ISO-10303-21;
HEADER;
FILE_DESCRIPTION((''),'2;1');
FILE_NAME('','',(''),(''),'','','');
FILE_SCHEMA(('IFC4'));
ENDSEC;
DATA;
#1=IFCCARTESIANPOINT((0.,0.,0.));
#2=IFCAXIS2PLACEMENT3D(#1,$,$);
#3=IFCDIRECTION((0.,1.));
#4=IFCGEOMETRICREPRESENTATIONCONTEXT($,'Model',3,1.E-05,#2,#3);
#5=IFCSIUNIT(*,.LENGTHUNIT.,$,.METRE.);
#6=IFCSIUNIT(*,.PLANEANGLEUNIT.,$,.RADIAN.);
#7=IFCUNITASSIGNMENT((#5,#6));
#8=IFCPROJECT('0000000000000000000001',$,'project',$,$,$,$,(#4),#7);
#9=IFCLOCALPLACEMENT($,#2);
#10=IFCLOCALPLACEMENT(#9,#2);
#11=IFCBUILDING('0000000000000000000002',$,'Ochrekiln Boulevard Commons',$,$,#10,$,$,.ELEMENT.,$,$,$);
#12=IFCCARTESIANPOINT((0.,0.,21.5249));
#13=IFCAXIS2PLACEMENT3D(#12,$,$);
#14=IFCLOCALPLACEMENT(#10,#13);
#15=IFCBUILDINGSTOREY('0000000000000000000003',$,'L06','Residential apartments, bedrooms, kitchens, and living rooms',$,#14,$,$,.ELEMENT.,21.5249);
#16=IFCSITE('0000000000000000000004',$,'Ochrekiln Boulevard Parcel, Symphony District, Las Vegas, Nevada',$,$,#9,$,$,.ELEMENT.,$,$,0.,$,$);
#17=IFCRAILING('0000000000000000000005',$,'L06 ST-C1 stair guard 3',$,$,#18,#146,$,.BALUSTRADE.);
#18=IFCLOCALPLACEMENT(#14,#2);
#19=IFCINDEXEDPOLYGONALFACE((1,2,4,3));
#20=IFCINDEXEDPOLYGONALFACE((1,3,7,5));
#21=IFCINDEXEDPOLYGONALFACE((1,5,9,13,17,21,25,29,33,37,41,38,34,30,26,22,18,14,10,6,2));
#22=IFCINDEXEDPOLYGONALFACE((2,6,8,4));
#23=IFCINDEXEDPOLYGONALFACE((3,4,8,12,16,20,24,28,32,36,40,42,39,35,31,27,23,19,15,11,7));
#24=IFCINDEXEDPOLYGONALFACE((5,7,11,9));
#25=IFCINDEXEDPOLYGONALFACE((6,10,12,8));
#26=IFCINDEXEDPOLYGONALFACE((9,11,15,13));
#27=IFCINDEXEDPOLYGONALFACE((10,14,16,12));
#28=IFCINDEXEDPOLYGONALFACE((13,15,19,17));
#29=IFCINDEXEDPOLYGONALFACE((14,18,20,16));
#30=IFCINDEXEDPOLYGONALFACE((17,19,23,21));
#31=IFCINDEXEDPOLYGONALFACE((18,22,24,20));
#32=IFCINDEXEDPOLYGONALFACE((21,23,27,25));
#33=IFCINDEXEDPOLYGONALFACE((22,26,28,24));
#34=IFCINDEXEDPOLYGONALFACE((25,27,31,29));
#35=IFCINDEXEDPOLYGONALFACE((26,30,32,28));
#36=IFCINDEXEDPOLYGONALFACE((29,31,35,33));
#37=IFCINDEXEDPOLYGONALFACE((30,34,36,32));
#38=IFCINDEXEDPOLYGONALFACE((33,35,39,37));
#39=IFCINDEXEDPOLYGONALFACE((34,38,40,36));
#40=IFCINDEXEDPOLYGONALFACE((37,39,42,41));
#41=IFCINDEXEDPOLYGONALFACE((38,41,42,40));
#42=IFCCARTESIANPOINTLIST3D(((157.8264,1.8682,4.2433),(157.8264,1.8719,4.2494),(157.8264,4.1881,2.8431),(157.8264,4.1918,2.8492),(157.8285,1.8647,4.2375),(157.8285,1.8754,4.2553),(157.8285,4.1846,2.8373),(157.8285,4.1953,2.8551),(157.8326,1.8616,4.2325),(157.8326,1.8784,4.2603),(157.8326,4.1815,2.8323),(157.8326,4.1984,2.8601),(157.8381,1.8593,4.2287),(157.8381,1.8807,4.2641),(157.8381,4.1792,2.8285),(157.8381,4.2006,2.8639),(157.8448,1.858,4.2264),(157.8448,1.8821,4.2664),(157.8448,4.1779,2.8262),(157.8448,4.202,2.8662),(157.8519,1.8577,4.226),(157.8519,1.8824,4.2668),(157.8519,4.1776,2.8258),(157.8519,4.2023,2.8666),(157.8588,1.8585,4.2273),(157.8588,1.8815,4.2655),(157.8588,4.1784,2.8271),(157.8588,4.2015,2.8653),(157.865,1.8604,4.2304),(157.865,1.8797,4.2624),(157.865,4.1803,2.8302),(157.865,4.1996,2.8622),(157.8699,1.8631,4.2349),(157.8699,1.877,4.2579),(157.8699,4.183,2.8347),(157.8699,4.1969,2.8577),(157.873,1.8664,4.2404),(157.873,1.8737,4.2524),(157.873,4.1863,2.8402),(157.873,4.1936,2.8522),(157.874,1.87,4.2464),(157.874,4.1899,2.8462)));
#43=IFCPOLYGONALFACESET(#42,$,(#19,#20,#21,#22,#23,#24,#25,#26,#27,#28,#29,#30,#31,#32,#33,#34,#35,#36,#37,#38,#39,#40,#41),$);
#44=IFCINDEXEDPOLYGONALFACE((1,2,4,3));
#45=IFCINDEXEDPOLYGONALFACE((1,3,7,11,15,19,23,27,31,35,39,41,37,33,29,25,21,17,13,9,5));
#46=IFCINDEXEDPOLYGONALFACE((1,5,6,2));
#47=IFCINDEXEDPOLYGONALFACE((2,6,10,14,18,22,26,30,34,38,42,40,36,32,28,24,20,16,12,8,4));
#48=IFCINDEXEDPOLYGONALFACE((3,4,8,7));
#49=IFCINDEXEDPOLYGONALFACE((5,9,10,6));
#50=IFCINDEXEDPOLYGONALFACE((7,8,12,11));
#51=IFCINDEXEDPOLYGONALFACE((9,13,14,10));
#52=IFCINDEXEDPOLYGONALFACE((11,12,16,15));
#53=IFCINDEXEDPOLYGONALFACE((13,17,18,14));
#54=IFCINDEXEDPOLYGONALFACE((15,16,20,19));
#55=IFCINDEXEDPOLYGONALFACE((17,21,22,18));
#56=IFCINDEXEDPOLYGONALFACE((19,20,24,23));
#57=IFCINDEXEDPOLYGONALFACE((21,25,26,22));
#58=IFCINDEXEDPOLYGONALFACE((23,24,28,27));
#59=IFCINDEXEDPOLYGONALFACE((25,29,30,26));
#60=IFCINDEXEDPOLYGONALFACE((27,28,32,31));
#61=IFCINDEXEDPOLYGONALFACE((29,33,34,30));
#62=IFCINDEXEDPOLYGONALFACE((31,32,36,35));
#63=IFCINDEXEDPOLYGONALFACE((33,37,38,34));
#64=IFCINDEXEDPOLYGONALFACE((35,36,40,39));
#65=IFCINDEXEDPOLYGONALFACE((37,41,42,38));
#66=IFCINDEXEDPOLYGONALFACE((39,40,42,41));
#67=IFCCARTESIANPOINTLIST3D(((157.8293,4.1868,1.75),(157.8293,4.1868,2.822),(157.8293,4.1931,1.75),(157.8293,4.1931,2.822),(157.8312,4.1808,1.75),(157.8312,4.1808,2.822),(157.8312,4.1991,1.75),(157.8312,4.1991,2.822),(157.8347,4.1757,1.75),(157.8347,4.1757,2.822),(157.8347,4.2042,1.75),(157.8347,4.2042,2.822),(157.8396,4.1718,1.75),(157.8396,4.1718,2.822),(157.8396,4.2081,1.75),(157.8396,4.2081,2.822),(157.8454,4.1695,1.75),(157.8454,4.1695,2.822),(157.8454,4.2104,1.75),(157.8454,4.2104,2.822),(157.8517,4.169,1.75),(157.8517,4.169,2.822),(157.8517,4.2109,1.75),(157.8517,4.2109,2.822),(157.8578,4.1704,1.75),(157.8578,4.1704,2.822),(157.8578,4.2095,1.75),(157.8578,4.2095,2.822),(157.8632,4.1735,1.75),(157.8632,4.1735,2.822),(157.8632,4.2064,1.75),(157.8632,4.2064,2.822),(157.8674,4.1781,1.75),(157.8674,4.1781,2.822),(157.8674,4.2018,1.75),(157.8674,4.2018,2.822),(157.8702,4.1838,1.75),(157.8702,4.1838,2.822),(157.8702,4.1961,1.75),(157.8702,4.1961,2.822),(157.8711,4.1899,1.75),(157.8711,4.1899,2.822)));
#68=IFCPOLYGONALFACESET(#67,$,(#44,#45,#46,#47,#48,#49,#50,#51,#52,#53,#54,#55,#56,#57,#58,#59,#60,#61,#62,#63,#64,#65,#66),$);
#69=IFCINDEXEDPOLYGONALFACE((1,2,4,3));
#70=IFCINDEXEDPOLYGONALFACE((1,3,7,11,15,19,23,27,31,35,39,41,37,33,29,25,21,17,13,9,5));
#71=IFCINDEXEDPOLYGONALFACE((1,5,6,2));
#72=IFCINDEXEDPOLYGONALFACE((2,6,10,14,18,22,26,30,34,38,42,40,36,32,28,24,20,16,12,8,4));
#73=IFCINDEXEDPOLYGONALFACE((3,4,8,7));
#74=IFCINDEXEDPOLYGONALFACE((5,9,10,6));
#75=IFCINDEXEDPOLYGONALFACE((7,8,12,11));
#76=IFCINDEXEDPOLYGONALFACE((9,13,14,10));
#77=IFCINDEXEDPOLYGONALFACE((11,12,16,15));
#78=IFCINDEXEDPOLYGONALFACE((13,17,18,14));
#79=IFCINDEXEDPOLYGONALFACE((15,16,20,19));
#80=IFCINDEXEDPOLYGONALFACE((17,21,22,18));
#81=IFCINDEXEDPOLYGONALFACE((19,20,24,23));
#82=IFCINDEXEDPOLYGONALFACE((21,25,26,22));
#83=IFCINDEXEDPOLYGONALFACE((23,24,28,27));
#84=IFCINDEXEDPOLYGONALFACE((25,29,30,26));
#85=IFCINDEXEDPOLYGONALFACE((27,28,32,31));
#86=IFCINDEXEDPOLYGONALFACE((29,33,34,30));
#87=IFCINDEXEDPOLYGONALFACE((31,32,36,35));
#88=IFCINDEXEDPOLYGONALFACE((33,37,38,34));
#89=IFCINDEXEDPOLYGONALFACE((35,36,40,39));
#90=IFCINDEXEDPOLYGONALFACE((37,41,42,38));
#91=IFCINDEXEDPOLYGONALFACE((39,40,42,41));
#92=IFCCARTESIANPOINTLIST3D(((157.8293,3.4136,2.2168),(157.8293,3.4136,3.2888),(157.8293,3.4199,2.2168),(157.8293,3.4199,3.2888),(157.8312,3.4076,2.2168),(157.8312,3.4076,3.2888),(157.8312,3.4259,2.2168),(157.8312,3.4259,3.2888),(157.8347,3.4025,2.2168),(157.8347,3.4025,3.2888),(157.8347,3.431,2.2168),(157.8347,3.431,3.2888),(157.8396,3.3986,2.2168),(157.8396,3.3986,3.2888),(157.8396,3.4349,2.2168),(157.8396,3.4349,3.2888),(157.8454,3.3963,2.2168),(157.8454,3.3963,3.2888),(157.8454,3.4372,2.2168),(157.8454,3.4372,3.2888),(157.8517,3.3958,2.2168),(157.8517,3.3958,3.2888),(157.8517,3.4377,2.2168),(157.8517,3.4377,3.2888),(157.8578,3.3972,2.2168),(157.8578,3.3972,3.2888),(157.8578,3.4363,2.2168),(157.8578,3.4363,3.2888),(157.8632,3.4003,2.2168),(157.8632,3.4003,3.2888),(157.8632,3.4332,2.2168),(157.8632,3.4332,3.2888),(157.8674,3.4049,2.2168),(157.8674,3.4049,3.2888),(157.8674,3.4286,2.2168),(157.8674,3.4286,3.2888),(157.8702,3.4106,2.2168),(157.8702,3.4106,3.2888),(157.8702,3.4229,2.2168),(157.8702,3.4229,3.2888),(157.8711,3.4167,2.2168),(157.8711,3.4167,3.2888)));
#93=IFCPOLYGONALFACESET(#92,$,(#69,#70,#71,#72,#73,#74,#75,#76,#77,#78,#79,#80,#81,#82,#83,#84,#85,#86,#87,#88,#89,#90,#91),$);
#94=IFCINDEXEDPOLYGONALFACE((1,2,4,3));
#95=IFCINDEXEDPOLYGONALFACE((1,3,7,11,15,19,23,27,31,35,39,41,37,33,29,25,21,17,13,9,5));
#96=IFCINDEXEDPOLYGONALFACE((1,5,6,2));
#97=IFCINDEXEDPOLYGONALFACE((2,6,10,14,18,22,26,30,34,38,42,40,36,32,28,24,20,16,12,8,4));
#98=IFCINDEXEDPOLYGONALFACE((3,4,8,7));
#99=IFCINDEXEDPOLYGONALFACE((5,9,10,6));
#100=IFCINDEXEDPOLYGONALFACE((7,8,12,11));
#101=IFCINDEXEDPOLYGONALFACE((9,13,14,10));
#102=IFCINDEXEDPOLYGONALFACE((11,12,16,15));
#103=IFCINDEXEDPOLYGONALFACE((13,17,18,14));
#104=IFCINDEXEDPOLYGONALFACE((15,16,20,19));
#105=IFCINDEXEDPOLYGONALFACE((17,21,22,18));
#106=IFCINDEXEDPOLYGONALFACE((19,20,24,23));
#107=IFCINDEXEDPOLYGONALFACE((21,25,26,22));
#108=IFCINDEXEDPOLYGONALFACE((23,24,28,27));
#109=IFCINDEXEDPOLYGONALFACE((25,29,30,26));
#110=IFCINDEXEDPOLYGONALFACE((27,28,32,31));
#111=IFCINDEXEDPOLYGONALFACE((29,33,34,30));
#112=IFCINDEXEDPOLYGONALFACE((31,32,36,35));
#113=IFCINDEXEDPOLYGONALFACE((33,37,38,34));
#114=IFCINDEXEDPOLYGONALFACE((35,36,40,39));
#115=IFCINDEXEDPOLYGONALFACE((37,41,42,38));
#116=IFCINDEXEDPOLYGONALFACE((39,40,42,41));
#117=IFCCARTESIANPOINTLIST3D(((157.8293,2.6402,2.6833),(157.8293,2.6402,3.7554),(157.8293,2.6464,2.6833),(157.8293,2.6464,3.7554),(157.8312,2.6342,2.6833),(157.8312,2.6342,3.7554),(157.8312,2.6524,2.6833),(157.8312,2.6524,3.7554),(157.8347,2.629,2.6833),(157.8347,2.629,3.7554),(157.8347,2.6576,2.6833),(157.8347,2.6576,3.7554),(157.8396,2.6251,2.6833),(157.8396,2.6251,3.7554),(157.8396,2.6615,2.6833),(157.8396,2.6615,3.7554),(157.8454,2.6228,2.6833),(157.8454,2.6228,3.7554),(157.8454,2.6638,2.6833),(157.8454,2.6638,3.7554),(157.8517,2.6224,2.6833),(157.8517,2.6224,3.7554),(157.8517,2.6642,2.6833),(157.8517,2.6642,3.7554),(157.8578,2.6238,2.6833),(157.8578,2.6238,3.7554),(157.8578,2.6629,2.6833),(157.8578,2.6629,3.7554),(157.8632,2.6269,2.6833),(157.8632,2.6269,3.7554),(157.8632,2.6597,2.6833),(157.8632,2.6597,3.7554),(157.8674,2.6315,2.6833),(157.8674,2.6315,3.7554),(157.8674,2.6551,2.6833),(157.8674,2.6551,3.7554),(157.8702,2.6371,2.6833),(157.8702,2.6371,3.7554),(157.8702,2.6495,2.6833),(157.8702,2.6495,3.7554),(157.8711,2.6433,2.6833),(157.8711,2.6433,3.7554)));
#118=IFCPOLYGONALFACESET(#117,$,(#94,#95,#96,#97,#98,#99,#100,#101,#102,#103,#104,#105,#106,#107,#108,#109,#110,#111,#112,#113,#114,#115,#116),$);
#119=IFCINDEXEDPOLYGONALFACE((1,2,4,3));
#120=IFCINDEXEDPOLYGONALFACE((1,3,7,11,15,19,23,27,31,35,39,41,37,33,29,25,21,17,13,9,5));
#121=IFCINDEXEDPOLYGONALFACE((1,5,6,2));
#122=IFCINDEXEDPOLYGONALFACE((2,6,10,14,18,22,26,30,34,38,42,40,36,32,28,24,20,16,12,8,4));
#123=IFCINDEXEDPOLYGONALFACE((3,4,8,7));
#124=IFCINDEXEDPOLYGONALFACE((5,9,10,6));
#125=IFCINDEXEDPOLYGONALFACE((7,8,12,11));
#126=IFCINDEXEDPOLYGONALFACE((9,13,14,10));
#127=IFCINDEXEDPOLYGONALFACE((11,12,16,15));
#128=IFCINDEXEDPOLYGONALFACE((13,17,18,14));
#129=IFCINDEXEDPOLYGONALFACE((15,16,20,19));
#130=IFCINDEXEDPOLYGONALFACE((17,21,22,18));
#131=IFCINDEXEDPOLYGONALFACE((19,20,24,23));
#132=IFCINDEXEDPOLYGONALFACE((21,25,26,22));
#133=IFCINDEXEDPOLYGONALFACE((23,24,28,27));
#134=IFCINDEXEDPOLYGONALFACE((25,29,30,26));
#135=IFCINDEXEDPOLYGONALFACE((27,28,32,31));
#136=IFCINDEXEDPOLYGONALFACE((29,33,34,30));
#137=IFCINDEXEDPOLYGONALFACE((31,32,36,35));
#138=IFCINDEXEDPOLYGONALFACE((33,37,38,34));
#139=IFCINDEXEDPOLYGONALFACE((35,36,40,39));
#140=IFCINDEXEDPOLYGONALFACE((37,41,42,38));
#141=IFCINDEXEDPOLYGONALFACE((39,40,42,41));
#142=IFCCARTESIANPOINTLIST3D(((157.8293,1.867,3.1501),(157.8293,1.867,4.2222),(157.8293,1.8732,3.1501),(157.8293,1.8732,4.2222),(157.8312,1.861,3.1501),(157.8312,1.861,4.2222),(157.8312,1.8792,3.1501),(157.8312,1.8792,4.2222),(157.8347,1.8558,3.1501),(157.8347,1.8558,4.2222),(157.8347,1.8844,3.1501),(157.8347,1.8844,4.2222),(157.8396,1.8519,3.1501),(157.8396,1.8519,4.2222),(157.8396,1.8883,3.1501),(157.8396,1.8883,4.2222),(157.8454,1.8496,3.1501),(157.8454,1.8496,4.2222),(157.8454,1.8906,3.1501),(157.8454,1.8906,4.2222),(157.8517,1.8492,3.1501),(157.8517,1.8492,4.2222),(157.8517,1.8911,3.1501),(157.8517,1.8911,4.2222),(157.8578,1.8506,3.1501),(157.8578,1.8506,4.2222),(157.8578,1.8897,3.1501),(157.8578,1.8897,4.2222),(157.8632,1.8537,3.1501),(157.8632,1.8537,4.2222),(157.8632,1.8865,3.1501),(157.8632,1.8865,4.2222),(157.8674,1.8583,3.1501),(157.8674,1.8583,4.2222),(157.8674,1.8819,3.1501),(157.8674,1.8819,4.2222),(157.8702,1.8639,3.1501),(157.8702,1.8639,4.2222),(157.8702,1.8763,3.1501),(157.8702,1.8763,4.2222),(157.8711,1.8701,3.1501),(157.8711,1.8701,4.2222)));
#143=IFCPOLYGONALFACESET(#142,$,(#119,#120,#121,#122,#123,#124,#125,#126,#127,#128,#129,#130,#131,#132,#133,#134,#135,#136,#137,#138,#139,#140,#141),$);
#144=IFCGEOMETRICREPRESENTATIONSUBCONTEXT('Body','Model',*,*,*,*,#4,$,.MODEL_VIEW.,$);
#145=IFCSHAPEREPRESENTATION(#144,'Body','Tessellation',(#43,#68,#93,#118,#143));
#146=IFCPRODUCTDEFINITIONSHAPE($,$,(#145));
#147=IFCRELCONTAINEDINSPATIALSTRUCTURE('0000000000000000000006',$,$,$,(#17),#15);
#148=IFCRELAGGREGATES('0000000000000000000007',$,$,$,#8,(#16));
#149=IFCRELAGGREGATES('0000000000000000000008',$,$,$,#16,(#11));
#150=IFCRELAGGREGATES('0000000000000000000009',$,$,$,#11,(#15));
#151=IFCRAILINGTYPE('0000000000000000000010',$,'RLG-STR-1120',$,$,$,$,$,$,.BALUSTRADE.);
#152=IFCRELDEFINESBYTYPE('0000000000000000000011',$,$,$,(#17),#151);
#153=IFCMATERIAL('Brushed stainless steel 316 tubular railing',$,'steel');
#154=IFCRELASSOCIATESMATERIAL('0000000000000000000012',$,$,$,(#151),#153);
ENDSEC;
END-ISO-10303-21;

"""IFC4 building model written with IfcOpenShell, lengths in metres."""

from ifc_helpers import new_model, si_unit, direction, frame, origin, origin_2d, place, context, subcontext, project, spatial, circle, extrude, material, type_object, element, save


model = new_model("IFC4")

# Units and contexts
model_context = context("Model", 3, precision=1e-05, world=origin(), true_north=direction((0.0, 1.0)))
body_context = subcontext(model_context, "Body", "Model", "MODEL_VIEW")
ifc_project = project(units=[si_unit("LENGTHUNIT", "METRE"), si_unit("PLANEANGLEUNIT", "RADIAN")], contexts=[model_context])

# Site, building, storey
site_placement = place(None, origin())
site = spatial("IfcSite", under=ifc_project, at=site_placement, Name="Ochrekiln Boulevard Parcel, Symphony District, Las Vegas, Nevada", CompositionType="ELEMENT", RefElevation=0.0)
building_placement = place(site_placement, origin())
building = spatial("IfcBuilding", under=site, at=building_placement, Name="Ochrekiln Boulevard Commons", CompositionType="ELEMENT")
storey_placement = place(building_placement, frame((0.0, 0.0, 21.5249)))
storey = spatial("IfcBuildingStorey", under=building, at=storey_placement, Name="L06", Description="Residential apartments, bedrooms, kitchens, and living rooms", CompositionType="ELEMENT", Elevation=21.5249)

# Railing
ifc_material_1 = material(Name="Brushed stainless steel 316 tubular railing", Category="steel")
railing_type_1 = type_object("IfcRailingType", Name="RLG-STR-1120", PredefinedType="BALUSTRADE", material=ifc_material_1)
railing_1_placement = place(storey_placement, frame((157.8501, 4.1899, 1.75)))
element("IfcRailing", 1, at=railing_1_placement, inside=storey, type_object=railing_type_1, Name="L06 ST-C1 stair guard 3", PredefinedType="BALUSTRADE", context=body_context, shape_type="SweptSolid", body=[
    extrude(circle(Radius=0.0239, at=origin_2d()), frame((0.0, 0.0, 1.0962), z_axis=(0.0, -0.856146, 0.516733), x_axis=(1.0, 0.0, 0.0)), (0.0, 0.0, 1.0), 2.7097),
    extrude(circle(Radius=0.021, at=origin_2d()), origin(), (0.0, 0.0, 1.0), 1.072),
    extrude(circle(Radius=0.021, at=origin_2d()), frame((0.0, -0.7732, 0.4668)), (0.0, 0.0, 1.0), 1.072),
    extrude(circle(Radius=0.021, at=origin_2d()), frame((0.0, -1.5466, 0.9333)), (0.0, 0.0, 1.0), 1.072),
    extrude(circle(Radius=0.021, at=origin_2d()), frame((0.0, -2.3198, 1.4001)), (0.0, 0.0, 1.0), 1.072),
])

save(model, "model.ifc")
